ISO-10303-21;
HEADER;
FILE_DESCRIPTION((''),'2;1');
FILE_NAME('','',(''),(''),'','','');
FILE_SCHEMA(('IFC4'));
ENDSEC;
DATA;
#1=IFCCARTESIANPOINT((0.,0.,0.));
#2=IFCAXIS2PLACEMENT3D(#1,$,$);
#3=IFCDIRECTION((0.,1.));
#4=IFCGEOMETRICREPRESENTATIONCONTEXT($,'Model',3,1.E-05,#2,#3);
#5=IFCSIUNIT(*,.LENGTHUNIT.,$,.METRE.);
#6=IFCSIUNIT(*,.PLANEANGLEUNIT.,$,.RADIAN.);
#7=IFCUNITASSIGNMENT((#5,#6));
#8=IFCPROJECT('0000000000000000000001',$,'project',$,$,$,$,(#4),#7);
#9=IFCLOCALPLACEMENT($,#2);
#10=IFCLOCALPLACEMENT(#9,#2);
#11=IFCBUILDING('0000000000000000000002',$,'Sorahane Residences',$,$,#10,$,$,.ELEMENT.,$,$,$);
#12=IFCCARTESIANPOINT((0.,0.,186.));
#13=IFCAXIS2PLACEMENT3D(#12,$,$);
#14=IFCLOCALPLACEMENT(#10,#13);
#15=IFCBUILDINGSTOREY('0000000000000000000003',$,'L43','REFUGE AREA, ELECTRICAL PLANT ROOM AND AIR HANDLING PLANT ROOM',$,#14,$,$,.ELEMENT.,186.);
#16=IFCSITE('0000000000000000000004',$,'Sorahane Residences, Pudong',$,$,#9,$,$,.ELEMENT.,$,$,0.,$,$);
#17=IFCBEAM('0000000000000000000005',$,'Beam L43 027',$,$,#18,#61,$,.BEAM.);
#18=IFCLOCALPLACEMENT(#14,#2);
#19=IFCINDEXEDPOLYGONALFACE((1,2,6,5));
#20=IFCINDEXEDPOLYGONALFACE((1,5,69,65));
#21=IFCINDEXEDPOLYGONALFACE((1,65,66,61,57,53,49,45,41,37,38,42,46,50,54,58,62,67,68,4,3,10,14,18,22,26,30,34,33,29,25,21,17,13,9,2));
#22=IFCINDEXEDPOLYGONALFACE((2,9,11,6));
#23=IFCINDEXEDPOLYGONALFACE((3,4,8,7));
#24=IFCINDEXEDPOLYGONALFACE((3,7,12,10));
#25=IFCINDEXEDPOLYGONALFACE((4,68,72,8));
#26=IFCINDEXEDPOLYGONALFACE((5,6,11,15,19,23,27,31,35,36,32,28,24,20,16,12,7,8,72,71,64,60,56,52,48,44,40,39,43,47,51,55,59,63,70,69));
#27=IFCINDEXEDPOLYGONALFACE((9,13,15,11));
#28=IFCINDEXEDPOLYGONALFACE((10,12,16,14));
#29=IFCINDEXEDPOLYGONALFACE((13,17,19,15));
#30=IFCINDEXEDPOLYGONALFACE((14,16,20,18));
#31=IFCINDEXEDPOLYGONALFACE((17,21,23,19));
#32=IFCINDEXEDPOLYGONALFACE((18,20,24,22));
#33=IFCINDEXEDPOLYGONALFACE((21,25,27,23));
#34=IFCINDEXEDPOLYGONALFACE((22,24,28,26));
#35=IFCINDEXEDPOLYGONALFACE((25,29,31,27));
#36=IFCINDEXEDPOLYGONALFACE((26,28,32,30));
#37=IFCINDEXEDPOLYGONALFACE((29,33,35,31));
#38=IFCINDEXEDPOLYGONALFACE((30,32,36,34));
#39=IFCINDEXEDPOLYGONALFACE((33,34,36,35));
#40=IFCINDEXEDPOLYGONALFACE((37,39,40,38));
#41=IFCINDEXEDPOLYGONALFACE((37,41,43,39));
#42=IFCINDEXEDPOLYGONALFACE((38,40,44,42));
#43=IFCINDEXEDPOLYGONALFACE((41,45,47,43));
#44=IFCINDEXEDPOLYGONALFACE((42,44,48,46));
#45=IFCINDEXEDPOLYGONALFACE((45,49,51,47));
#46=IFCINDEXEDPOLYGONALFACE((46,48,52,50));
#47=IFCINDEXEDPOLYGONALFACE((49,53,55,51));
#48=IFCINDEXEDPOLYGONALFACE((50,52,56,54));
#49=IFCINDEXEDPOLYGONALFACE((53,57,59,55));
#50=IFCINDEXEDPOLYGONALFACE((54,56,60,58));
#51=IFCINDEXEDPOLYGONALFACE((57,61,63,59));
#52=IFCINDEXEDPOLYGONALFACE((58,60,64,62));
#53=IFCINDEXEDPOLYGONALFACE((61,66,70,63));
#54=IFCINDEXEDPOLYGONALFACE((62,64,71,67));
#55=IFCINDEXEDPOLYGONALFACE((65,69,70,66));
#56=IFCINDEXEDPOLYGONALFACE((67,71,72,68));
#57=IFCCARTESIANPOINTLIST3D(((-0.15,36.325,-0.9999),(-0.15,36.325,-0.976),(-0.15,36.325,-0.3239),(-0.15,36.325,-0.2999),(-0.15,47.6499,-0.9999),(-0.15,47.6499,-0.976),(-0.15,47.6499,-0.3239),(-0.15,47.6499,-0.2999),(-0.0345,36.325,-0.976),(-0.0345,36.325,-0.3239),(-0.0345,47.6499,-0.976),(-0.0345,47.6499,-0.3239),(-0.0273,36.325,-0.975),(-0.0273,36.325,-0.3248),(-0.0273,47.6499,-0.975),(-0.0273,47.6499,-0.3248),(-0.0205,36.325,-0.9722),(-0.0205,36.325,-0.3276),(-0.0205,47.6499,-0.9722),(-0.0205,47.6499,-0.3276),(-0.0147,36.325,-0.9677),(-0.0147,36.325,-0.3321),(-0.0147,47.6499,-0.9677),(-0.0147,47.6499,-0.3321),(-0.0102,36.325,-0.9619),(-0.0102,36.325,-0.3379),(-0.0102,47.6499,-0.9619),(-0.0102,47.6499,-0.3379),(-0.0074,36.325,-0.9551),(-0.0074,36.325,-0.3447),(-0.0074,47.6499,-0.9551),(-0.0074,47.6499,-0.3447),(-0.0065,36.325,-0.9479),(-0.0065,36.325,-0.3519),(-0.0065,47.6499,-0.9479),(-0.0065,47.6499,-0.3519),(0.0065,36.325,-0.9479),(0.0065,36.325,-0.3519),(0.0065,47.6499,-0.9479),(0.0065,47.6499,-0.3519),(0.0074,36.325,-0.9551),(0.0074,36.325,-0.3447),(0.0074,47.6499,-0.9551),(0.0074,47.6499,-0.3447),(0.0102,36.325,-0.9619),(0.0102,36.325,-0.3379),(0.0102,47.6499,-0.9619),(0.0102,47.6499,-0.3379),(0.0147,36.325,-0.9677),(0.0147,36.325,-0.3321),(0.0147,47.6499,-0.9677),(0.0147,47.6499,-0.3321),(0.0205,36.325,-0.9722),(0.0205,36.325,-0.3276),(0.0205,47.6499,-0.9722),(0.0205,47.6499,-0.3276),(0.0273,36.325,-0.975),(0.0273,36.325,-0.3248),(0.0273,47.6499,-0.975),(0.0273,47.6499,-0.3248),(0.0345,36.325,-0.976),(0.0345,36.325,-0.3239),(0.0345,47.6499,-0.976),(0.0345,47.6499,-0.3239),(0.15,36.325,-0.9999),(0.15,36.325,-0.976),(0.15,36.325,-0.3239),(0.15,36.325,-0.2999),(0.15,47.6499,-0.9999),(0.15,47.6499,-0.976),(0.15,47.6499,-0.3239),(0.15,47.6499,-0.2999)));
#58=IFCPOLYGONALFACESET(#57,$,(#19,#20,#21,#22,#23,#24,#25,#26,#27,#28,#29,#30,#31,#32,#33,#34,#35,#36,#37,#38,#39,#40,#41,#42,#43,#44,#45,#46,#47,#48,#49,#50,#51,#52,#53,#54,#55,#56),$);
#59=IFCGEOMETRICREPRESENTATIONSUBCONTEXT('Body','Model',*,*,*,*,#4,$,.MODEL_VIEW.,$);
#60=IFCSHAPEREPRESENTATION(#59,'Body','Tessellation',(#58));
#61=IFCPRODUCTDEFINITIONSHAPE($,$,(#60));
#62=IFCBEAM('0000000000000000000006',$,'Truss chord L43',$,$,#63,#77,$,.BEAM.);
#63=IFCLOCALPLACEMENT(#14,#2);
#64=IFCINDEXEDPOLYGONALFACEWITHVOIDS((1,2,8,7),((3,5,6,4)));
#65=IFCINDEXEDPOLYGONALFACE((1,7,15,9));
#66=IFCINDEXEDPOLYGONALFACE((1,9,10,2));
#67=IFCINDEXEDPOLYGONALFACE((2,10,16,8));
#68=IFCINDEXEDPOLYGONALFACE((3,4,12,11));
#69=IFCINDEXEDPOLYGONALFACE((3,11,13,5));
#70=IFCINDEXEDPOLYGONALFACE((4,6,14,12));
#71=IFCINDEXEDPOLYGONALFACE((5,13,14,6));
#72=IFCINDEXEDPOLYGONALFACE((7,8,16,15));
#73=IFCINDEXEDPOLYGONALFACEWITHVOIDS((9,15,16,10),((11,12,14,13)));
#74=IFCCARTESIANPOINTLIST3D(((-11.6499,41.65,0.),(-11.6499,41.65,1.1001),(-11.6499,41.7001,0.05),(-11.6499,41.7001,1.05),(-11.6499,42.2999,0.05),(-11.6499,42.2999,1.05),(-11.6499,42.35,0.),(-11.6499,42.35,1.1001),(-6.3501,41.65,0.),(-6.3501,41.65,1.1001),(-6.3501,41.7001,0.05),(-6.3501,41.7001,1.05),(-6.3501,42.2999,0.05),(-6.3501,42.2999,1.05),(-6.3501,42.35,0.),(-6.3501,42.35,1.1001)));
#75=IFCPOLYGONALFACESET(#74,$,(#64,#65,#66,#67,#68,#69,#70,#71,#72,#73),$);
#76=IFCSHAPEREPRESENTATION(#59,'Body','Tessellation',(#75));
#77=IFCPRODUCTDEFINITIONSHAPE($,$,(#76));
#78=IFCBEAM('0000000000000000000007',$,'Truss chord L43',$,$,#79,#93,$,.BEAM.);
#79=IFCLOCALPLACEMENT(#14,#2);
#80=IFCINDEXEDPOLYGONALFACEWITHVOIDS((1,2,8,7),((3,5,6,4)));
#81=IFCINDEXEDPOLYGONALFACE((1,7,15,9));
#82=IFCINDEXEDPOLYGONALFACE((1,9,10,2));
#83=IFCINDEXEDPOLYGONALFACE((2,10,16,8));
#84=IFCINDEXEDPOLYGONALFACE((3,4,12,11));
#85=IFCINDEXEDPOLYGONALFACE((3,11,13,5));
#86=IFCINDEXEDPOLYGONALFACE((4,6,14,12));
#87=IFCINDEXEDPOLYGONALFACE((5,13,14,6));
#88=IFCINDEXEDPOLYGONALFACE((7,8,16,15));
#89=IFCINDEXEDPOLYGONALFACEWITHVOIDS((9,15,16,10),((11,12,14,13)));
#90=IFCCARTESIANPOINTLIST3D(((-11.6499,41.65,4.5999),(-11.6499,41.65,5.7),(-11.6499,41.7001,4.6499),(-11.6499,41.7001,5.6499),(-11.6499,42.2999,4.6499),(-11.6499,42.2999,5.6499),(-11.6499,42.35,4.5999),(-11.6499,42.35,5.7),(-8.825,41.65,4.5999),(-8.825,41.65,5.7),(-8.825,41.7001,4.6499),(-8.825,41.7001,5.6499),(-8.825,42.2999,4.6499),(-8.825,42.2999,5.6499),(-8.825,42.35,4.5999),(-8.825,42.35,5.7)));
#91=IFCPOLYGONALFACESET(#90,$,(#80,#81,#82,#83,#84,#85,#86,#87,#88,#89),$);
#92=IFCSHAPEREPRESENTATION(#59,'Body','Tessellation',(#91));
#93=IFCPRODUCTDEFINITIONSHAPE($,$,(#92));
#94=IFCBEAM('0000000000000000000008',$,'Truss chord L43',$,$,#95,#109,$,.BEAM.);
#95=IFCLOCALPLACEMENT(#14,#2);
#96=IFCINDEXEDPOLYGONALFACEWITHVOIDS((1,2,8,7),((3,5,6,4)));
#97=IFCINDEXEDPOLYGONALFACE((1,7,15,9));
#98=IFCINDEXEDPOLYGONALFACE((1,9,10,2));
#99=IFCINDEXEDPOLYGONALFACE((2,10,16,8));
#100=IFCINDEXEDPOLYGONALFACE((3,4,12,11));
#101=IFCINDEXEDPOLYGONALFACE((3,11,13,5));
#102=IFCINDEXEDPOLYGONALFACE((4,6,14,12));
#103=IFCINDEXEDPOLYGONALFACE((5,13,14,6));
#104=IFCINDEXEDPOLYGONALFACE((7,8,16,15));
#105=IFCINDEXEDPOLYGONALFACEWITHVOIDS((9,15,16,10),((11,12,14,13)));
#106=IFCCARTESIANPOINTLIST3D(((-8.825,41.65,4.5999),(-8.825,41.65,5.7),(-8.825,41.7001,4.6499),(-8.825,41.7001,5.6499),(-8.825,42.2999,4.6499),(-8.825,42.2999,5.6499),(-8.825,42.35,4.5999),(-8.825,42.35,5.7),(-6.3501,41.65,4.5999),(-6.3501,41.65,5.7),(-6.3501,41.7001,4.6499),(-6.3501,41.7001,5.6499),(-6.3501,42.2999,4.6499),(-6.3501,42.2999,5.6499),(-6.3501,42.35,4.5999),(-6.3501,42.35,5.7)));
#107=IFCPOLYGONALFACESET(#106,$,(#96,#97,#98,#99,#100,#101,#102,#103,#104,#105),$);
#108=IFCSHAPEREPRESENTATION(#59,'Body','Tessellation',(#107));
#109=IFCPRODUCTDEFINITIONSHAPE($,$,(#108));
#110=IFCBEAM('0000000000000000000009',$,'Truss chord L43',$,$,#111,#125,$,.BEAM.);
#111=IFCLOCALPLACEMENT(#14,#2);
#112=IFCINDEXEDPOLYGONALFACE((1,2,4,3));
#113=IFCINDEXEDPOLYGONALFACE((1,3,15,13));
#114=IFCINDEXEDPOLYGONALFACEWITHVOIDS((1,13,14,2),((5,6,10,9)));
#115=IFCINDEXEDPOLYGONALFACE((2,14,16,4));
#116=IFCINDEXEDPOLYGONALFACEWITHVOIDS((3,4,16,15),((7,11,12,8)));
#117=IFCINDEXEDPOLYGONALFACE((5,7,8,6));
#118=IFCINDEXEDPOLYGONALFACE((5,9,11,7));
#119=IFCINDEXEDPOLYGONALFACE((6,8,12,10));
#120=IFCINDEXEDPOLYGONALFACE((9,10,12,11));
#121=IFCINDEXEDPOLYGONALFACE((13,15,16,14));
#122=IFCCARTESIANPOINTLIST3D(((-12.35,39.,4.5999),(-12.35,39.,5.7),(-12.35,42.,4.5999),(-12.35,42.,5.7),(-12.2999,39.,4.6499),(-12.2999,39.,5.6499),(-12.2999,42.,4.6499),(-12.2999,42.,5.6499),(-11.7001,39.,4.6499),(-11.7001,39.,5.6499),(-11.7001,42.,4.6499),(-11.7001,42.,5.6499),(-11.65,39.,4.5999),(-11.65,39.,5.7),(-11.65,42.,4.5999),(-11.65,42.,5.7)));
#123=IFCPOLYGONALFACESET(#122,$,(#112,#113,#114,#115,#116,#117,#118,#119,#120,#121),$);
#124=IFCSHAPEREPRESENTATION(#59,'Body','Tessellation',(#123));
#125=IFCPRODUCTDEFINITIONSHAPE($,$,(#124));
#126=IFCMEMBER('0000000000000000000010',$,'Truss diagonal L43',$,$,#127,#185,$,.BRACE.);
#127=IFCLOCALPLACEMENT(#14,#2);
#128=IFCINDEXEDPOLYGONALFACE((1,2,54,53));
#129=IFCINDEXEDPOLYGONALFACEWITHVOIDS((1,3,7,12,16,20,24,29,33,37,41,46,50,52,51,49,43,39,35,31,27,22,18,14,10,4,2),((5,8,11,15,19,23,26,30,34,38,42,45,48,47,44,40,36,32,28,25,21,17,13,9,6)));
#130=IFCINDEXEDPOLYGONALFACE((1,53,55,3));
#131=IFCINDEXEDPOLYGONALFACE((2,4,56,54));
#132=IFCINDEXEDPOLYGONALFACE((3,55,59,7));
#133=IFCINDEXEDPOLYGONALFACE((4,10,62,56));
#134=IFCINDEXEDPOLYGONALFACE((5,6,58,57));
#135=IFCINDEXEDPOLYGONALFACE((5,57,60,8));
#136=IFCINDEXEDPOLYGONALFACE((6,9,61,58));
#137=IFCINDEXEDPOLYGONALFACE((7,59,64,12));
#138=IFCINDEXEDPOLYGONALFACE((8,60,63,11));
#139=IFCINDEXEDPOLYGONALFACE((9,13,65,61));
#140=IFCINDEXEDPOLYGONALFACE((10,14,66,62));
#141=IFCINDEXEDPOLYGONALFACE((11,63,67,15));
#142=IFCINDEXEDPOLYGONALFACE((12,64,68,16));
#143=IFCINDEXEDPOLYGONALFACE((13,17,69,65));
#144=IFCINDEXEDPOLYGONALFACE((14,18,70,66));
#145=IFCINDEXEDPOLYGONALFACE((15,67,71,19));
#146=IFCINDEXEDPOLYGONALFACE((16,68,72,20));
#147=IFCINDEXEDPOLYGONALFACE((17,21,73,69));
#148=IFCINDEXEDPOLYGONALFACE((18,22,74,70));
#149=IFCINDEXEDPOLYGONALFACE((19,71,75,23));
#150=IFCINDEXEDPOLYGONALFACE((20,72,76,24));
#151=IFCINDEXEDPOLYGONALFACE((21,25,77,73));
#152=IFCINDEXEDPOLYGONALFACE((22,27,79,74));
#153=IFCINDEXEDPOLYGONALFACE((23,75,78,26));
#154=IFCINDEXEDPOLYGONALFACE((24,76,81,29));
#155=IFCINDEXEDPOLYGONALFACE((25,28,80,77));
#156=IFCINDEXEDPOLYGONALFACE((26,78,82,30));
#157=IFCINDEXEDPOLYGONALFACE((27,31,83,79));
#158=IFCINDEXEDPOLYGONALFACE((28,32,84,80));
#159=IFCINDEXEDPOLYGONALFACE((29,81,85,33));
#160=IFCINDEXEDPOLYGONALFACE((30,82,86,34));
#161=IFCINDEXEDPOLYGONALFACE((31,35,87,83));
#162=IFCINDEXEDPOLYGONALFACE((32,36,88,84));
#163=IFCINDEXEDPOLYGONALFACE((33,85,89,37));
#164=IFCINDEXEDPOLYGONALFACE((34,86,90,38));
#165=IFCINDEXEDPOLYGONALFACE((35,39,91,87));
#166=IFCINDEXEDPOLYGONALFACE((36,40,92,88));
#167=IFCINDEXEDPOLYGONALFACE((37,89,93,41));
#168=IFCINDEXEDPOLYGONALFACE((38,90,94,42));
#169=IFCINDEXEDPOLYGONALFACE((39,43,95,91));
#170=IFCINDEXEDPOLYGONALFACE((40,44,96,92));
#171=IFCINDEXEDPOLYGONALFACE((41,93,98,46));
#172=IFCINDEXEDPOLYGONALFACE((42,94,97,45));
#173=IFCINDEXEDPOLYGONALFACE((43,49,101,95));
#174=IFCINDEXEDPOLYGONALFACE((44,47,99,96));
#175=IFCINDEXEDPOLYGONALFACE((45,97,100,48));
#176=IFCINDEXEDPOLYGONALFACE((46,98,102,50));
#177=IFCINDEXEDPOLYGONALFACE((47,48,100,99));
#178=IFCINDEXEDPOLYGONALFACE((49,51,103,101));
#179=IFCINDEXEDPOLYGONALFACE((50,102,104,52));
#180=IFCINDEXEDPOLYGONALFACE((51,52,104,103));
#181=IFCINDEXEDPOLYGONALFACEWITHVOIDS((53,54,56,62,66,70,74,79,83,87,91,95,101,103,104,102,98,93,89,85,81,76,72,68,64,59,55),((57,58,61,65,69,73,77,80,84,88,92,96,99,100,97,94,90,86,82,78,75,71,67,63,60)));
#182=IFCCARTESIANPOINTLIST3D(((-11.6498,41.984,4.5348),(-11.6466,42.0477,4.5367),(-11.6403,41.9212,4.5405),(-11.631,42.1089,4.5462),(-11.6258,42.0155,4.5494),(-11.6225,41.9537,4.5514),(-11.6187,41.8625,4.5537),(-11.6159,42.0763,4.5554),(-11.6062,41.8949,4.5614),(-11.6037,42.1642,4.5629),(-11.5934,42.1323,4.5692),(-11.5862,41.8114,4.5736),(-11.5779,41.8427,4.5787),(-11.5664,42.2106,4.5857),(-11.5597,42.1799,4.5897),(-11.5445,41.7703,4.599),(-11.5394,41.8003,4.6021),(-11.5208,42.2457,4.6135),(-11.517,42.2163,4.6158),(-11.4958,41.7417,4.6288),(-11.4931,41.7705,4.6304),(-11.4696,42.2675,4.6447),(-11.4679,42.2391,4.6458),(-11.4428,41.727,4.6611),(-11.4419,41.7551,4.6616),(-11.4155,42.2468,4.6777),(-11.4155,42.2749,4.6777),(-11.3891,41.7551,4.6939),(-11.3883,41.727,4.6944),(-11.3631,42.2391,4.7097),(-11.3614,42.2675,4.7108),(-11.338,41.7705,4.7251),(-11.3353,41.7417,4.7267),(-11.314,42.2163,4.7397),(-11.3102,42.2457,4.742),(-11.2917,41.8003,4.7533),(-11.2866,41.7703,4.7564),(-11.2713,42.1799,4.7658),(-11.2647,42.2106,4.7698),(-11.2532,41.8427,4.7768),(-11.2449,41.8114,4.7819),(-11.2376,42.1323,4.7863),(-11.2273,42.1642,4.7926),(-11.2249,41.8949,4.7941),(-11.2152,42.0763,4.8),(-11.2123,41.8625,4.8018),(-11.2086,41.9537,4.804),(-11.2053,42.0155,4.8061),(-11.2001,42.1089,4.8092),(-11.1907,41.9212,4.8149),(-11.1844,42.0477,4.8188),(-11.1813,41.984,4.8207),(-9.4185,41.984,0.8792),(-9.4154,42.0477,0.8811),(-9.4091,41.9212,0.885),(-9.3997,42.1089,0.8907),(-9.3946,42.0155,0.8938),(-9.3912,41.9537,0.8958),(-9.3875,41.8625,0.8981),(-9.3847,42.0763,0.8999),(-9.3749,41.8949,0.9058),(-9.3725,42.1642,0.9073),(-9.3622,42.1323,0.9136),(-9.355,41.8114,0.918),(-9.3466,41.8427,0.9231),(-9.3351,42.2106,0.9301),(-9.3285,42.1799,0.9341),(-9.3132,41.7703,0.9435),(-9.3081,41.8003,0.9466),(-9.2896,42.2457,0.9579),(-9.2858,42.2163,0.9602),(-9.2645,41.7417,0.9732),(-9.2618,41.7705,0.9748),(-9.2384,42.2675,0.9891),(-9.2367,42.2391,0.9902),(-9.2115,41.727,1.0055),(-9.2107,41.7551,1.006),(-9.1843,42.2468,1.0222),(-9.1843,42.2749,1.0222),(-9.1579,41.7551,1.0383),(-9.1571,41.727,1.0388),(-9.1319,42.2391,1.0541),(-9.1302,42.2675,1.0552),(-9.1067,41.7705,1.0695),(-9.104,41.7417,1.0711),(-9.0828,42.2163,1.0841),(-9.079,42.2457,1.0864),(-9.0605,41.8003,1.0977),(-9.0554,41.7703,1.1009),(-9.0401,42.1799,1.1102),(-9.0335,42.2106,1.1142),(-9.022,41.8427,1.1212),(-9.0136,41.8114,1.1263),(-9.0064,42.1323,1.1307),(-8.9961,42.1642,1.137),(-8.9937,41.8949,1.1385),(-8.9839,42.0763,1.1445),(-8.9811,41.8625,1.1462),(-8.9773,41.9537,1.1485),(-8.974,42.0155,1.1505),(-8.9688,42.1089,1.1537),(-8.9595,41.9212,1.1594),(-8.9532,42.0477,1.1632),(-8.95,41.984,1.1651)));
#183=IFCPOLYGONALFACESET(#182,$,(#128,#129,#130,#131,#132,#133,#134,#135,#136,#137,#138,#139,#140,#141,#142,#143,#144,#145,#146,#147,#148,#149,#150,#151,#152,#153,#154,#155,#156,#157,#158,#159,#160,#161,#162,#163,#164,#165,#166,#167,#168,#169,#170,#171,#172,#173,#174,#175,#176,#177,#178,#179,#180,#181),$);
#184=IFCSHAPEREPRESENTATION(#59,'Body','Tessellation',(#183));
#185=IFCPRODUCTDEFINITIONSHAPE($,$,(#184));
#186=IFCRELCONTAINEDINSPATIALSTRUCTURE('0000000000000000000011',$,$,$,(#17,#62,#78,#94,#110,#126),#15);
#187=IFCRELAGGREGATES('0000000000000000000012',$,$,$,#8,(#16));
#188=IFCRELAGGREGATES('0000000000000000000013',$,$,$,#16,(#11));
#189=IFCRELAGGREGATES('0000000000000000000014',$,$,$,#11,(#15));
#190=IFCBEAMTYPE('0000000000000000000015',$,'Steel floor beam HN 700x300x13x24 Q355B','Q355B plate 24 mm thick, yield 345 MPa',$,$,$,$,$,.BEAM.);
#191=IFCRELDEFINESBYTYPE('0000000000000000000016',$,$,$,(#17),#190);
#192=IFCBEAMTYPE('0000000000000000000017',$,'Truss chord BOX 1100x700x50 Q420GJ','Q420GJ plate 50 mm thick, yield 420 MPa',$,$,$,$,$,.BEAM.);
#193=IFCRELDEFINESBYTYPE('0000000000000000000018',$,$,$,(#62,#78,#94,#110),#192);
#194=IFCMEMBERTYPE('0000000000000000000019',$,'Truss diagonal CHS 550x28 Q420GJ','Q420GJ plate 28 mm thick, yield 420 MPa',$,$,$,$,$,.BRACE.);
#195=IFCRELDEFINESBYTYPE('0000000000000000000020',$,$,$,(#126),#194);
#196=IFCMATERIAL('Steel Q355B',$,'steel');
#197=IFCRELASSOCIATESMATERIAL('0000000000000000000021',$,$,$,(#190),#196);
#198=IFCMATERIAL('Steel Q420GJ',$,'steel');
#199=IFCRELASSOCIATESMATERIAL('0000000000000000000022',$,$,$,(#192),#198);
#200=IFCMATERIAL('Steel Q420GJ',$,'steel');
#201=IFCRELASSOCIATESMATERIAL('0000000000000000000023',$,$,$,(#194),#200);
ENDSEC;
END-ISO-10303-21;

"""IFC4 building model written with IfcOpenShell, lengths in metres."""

from ifc_helpers import new_model, si_unit, direction, frame, origin, origin_2d, place, context, subcontext, project, spatial, hollow_rectangle, hollow_circle, i_section, extrude, material, material_profile, profile_set, type_object, element, save


model = new_model("IFC4")

# Units and contexts
model_context = context("Model", 3, precision=1e-05, world=origin(), true_north=direction((0.0, 1.0)))
body_context = subcontext(model_context, "Body", "Model", "MODEL_VIEW")
ifc_project = project(units=[si_unit("LENGTHUNIT", "METRE"), si_unit("PLANEANGLEUNIT", "RADIAN")], contexts=[model_context])

# Site, building, storey
site_placement = place(None, origin())
site = spatial("IfcSite", under=ifc_project, at=site_placement, Name="Sorahane Residences, Pudong", CompositionType="ELEMENT", RefElevation=0.0)
building_placement = place(site_placement, origin())
building = spatial("IfcBuilding", under=site, at=building_placement, Name="Sorahane Residences", CompositionType="ELEMENT")
storey_placement = place(building_placement, frame((0.0, 0.0, 186.0)))
storey = spatial("IfcBuildingStorey", under=building, at=storey_placement, Name="L43", Description="REFUGE AREA, ELECTRICAL PLANT ROOM AND AIR HANDLING PLANT ROOM", CompositionType="ELEMENT", Elevation=186.0)

# Beams
ifc_material_1 = material(Name="Steel Q355B", Category="steel")
ifc_material_profile_1 = material_profile(ifc_material_1, i_section(OverallWidth=0.3, OverallDepth=0.7, WebThickness=0.0129, FlangeThickness=0.0239, FilletRadius=0.0281, at=origin_2d()), Name="HN 700x300x13x24")
ifc_profile_set_1 = profile_set([ifc_material_profile_1], Name="Steel Q355B")
beam_type_1 = type_object("IfcBeamType", Name="Steel floor beam HN 700x300x13x24 Q355B", Description="Q355B plate 24 mm thick, yield 345 MPa", PredefinedType="BEAM", material=ifc_profile_set_1)
beam_1_placement = place(storey_placement, frame((0.0, 36.325, -0.6499), z_axis=(0.0, 1.0, 0.0), x_axis=(-1.0, 0.0, 0.0)))
element("IfcBeam", 1, at=beam_1_placement, inside=storey, type_object=beam_type_1, Name="Beam L43 027", PredefinedType="BEAM", context=body_context, shape_type="SweptSolid", body=[
    extrude(i_section(OverallWidth=0.3, OverallDepth=0.7, WebThickness=0.0129, FlangeThickness=0.0239, FilletRadius=0.0281, at=origin_2d()), origin(), (0.0, 0.0, 1.0), 11.325),
])
ifc_material_2 = material(Name="Steel Q420GJ", Category="steel")
ifc_material_profile_2 = material_profile(ifc_material_2, hollow_rectangle(XDim=0.7, YDim=1.1001, WallThickness=0.05, at=origin_2d()), Name="BOX 1100x700x50")
ifc_profile_set_2 = profile_set([ifc_material_profile_2], Name="Steel Q420GJ")
beam_type_2 = type_object("IfcBeamType", Name="Truss chord BOX 1100x700x50 Q420GJ", Description="Q420GJ plate 50 mm thick, yield 420 MPa", PredefinedType="BEAM", material=ifc_profile_set_2)
beam_2_placement = place(storey_placement, frame((-11.6499, 42.0, 0.55), z_axis=(1.0, 0.0, 0.0), x_axis=(0.0, 1.0, 0.0)))
element("IfcBeam", 2, at=beam_2_placement, inside=storey, type_object=beam_type_2, Name="Truss chord L43", PredefinedType="BEAM", context=body_context, shape_type="SweptSolid", body=[
    extrude(hollow_rectangle(XDim=0.7, YDim=1.1001, WallThickness=0.05, at=origin_2d()), origin(), (0.0, 0.0, 1.0), 5.2998),
])
beam_3_placement = place(storey_placement, frame((-11.6499, 42.0, 5.1499), z_axis=(1.0, 0.0, 0.0), x_axis=(0.0, 1.0, 0.0)))
element("IfcBeam", 3, at=beam_3_placement, inside=storey, type_object=beam_type_2, Name="Truss chord L43", PredefinedType="BEAM", context=body_context, shape_type="SweptSolid", body=[
    extrude(hollow_rectangle(XDim=0.7, YDim=1.1001, WallThickness=0.05, at=origin_2d()), origin(), (0.0, 0.0, 1.0), 2.825),
])
beam_4_placement = place(storey_placement, frame((-8.825, 42.0, 5.1499), z_axis=(1.0, 0.0, 0.0), x_axis=(0.0, 1.0, 0.0)))
element("IfcBeam", 4, at=beam_4_placement, inside=storey, type_object=beam_type_2, Name="Truss chord L43", PredefinedType="BEAM", context=body_context, shape_type="SweptSolid", body=[
    extrude(hollow_rectangle(XDim=0.7, YDim=1.1001, WallThickness=0.05, at=origin_2d()), origin(), (0.0, 0.0, 1.0), 2.4749),
])
beam_5_placement = place(storey_placement, frame((-12.0, 39.0, 5.1499), z_axis=(0.0, 1.0, 0.0), x_axis=(-1.0, 0.0, 0.0)))
element("IfcBeam", 5, at=beam_5_placement, inside=storey, type_object=beam_type_2, Name="Truss chord L43", PredefinedType="BEAM", context=body_context, shape_type="SweptSolid", body=[
    extrude(hollow_rectangle(XDim=0.7, YDim=1.1001, WallThickness=0.05, at=origin_2d()), origin(), (0.0, 0.0, 1.0), 3.0),
])

# Member
ifc_material_3 = material(Name="Steel Q420GJ", Category="steel")
ifc_material_profile_3 = material_profile(ifc_material_3, hollow_circle(Radius=0.2749, WallThickness=0.0281, at=origin_2d()), Name="CHS 550x28")
ifc_profile_set_3 = profile_set([ifc_material_profile_3], Name="Steel Q420GJ")
member_type = type_object("IfcMemberType", Name="Truss diagonal CHS 550x28 Q420GJ", Description="Q420GJ plate 28 mm thick, yield 420 MPa", PredefinedType="BRACE", material=ifc_profile_set_3)
member_1_placement = place(storey_placement, frame((-11.4155, 42.0, 4.6777), z_axis=(0.520986, 0.0, -0.853565), x_axis=(0.0, 1.0, 0.0)))
element("IfcMember", 6, at=member_1_placement, inside=storey, type_object=member_type, Name="Truss diagonal L43", PredefinedType="BRACE", context=body_context, shape_type="SweptSolid", body=[
    extrude(hollow_circle(Radius=0.2749, WallThickness=0.0281, at=origin_2d()), origin(), (0.0, 0.0, 1.0), 4.2827),
])

save(model, "model.ifc")
